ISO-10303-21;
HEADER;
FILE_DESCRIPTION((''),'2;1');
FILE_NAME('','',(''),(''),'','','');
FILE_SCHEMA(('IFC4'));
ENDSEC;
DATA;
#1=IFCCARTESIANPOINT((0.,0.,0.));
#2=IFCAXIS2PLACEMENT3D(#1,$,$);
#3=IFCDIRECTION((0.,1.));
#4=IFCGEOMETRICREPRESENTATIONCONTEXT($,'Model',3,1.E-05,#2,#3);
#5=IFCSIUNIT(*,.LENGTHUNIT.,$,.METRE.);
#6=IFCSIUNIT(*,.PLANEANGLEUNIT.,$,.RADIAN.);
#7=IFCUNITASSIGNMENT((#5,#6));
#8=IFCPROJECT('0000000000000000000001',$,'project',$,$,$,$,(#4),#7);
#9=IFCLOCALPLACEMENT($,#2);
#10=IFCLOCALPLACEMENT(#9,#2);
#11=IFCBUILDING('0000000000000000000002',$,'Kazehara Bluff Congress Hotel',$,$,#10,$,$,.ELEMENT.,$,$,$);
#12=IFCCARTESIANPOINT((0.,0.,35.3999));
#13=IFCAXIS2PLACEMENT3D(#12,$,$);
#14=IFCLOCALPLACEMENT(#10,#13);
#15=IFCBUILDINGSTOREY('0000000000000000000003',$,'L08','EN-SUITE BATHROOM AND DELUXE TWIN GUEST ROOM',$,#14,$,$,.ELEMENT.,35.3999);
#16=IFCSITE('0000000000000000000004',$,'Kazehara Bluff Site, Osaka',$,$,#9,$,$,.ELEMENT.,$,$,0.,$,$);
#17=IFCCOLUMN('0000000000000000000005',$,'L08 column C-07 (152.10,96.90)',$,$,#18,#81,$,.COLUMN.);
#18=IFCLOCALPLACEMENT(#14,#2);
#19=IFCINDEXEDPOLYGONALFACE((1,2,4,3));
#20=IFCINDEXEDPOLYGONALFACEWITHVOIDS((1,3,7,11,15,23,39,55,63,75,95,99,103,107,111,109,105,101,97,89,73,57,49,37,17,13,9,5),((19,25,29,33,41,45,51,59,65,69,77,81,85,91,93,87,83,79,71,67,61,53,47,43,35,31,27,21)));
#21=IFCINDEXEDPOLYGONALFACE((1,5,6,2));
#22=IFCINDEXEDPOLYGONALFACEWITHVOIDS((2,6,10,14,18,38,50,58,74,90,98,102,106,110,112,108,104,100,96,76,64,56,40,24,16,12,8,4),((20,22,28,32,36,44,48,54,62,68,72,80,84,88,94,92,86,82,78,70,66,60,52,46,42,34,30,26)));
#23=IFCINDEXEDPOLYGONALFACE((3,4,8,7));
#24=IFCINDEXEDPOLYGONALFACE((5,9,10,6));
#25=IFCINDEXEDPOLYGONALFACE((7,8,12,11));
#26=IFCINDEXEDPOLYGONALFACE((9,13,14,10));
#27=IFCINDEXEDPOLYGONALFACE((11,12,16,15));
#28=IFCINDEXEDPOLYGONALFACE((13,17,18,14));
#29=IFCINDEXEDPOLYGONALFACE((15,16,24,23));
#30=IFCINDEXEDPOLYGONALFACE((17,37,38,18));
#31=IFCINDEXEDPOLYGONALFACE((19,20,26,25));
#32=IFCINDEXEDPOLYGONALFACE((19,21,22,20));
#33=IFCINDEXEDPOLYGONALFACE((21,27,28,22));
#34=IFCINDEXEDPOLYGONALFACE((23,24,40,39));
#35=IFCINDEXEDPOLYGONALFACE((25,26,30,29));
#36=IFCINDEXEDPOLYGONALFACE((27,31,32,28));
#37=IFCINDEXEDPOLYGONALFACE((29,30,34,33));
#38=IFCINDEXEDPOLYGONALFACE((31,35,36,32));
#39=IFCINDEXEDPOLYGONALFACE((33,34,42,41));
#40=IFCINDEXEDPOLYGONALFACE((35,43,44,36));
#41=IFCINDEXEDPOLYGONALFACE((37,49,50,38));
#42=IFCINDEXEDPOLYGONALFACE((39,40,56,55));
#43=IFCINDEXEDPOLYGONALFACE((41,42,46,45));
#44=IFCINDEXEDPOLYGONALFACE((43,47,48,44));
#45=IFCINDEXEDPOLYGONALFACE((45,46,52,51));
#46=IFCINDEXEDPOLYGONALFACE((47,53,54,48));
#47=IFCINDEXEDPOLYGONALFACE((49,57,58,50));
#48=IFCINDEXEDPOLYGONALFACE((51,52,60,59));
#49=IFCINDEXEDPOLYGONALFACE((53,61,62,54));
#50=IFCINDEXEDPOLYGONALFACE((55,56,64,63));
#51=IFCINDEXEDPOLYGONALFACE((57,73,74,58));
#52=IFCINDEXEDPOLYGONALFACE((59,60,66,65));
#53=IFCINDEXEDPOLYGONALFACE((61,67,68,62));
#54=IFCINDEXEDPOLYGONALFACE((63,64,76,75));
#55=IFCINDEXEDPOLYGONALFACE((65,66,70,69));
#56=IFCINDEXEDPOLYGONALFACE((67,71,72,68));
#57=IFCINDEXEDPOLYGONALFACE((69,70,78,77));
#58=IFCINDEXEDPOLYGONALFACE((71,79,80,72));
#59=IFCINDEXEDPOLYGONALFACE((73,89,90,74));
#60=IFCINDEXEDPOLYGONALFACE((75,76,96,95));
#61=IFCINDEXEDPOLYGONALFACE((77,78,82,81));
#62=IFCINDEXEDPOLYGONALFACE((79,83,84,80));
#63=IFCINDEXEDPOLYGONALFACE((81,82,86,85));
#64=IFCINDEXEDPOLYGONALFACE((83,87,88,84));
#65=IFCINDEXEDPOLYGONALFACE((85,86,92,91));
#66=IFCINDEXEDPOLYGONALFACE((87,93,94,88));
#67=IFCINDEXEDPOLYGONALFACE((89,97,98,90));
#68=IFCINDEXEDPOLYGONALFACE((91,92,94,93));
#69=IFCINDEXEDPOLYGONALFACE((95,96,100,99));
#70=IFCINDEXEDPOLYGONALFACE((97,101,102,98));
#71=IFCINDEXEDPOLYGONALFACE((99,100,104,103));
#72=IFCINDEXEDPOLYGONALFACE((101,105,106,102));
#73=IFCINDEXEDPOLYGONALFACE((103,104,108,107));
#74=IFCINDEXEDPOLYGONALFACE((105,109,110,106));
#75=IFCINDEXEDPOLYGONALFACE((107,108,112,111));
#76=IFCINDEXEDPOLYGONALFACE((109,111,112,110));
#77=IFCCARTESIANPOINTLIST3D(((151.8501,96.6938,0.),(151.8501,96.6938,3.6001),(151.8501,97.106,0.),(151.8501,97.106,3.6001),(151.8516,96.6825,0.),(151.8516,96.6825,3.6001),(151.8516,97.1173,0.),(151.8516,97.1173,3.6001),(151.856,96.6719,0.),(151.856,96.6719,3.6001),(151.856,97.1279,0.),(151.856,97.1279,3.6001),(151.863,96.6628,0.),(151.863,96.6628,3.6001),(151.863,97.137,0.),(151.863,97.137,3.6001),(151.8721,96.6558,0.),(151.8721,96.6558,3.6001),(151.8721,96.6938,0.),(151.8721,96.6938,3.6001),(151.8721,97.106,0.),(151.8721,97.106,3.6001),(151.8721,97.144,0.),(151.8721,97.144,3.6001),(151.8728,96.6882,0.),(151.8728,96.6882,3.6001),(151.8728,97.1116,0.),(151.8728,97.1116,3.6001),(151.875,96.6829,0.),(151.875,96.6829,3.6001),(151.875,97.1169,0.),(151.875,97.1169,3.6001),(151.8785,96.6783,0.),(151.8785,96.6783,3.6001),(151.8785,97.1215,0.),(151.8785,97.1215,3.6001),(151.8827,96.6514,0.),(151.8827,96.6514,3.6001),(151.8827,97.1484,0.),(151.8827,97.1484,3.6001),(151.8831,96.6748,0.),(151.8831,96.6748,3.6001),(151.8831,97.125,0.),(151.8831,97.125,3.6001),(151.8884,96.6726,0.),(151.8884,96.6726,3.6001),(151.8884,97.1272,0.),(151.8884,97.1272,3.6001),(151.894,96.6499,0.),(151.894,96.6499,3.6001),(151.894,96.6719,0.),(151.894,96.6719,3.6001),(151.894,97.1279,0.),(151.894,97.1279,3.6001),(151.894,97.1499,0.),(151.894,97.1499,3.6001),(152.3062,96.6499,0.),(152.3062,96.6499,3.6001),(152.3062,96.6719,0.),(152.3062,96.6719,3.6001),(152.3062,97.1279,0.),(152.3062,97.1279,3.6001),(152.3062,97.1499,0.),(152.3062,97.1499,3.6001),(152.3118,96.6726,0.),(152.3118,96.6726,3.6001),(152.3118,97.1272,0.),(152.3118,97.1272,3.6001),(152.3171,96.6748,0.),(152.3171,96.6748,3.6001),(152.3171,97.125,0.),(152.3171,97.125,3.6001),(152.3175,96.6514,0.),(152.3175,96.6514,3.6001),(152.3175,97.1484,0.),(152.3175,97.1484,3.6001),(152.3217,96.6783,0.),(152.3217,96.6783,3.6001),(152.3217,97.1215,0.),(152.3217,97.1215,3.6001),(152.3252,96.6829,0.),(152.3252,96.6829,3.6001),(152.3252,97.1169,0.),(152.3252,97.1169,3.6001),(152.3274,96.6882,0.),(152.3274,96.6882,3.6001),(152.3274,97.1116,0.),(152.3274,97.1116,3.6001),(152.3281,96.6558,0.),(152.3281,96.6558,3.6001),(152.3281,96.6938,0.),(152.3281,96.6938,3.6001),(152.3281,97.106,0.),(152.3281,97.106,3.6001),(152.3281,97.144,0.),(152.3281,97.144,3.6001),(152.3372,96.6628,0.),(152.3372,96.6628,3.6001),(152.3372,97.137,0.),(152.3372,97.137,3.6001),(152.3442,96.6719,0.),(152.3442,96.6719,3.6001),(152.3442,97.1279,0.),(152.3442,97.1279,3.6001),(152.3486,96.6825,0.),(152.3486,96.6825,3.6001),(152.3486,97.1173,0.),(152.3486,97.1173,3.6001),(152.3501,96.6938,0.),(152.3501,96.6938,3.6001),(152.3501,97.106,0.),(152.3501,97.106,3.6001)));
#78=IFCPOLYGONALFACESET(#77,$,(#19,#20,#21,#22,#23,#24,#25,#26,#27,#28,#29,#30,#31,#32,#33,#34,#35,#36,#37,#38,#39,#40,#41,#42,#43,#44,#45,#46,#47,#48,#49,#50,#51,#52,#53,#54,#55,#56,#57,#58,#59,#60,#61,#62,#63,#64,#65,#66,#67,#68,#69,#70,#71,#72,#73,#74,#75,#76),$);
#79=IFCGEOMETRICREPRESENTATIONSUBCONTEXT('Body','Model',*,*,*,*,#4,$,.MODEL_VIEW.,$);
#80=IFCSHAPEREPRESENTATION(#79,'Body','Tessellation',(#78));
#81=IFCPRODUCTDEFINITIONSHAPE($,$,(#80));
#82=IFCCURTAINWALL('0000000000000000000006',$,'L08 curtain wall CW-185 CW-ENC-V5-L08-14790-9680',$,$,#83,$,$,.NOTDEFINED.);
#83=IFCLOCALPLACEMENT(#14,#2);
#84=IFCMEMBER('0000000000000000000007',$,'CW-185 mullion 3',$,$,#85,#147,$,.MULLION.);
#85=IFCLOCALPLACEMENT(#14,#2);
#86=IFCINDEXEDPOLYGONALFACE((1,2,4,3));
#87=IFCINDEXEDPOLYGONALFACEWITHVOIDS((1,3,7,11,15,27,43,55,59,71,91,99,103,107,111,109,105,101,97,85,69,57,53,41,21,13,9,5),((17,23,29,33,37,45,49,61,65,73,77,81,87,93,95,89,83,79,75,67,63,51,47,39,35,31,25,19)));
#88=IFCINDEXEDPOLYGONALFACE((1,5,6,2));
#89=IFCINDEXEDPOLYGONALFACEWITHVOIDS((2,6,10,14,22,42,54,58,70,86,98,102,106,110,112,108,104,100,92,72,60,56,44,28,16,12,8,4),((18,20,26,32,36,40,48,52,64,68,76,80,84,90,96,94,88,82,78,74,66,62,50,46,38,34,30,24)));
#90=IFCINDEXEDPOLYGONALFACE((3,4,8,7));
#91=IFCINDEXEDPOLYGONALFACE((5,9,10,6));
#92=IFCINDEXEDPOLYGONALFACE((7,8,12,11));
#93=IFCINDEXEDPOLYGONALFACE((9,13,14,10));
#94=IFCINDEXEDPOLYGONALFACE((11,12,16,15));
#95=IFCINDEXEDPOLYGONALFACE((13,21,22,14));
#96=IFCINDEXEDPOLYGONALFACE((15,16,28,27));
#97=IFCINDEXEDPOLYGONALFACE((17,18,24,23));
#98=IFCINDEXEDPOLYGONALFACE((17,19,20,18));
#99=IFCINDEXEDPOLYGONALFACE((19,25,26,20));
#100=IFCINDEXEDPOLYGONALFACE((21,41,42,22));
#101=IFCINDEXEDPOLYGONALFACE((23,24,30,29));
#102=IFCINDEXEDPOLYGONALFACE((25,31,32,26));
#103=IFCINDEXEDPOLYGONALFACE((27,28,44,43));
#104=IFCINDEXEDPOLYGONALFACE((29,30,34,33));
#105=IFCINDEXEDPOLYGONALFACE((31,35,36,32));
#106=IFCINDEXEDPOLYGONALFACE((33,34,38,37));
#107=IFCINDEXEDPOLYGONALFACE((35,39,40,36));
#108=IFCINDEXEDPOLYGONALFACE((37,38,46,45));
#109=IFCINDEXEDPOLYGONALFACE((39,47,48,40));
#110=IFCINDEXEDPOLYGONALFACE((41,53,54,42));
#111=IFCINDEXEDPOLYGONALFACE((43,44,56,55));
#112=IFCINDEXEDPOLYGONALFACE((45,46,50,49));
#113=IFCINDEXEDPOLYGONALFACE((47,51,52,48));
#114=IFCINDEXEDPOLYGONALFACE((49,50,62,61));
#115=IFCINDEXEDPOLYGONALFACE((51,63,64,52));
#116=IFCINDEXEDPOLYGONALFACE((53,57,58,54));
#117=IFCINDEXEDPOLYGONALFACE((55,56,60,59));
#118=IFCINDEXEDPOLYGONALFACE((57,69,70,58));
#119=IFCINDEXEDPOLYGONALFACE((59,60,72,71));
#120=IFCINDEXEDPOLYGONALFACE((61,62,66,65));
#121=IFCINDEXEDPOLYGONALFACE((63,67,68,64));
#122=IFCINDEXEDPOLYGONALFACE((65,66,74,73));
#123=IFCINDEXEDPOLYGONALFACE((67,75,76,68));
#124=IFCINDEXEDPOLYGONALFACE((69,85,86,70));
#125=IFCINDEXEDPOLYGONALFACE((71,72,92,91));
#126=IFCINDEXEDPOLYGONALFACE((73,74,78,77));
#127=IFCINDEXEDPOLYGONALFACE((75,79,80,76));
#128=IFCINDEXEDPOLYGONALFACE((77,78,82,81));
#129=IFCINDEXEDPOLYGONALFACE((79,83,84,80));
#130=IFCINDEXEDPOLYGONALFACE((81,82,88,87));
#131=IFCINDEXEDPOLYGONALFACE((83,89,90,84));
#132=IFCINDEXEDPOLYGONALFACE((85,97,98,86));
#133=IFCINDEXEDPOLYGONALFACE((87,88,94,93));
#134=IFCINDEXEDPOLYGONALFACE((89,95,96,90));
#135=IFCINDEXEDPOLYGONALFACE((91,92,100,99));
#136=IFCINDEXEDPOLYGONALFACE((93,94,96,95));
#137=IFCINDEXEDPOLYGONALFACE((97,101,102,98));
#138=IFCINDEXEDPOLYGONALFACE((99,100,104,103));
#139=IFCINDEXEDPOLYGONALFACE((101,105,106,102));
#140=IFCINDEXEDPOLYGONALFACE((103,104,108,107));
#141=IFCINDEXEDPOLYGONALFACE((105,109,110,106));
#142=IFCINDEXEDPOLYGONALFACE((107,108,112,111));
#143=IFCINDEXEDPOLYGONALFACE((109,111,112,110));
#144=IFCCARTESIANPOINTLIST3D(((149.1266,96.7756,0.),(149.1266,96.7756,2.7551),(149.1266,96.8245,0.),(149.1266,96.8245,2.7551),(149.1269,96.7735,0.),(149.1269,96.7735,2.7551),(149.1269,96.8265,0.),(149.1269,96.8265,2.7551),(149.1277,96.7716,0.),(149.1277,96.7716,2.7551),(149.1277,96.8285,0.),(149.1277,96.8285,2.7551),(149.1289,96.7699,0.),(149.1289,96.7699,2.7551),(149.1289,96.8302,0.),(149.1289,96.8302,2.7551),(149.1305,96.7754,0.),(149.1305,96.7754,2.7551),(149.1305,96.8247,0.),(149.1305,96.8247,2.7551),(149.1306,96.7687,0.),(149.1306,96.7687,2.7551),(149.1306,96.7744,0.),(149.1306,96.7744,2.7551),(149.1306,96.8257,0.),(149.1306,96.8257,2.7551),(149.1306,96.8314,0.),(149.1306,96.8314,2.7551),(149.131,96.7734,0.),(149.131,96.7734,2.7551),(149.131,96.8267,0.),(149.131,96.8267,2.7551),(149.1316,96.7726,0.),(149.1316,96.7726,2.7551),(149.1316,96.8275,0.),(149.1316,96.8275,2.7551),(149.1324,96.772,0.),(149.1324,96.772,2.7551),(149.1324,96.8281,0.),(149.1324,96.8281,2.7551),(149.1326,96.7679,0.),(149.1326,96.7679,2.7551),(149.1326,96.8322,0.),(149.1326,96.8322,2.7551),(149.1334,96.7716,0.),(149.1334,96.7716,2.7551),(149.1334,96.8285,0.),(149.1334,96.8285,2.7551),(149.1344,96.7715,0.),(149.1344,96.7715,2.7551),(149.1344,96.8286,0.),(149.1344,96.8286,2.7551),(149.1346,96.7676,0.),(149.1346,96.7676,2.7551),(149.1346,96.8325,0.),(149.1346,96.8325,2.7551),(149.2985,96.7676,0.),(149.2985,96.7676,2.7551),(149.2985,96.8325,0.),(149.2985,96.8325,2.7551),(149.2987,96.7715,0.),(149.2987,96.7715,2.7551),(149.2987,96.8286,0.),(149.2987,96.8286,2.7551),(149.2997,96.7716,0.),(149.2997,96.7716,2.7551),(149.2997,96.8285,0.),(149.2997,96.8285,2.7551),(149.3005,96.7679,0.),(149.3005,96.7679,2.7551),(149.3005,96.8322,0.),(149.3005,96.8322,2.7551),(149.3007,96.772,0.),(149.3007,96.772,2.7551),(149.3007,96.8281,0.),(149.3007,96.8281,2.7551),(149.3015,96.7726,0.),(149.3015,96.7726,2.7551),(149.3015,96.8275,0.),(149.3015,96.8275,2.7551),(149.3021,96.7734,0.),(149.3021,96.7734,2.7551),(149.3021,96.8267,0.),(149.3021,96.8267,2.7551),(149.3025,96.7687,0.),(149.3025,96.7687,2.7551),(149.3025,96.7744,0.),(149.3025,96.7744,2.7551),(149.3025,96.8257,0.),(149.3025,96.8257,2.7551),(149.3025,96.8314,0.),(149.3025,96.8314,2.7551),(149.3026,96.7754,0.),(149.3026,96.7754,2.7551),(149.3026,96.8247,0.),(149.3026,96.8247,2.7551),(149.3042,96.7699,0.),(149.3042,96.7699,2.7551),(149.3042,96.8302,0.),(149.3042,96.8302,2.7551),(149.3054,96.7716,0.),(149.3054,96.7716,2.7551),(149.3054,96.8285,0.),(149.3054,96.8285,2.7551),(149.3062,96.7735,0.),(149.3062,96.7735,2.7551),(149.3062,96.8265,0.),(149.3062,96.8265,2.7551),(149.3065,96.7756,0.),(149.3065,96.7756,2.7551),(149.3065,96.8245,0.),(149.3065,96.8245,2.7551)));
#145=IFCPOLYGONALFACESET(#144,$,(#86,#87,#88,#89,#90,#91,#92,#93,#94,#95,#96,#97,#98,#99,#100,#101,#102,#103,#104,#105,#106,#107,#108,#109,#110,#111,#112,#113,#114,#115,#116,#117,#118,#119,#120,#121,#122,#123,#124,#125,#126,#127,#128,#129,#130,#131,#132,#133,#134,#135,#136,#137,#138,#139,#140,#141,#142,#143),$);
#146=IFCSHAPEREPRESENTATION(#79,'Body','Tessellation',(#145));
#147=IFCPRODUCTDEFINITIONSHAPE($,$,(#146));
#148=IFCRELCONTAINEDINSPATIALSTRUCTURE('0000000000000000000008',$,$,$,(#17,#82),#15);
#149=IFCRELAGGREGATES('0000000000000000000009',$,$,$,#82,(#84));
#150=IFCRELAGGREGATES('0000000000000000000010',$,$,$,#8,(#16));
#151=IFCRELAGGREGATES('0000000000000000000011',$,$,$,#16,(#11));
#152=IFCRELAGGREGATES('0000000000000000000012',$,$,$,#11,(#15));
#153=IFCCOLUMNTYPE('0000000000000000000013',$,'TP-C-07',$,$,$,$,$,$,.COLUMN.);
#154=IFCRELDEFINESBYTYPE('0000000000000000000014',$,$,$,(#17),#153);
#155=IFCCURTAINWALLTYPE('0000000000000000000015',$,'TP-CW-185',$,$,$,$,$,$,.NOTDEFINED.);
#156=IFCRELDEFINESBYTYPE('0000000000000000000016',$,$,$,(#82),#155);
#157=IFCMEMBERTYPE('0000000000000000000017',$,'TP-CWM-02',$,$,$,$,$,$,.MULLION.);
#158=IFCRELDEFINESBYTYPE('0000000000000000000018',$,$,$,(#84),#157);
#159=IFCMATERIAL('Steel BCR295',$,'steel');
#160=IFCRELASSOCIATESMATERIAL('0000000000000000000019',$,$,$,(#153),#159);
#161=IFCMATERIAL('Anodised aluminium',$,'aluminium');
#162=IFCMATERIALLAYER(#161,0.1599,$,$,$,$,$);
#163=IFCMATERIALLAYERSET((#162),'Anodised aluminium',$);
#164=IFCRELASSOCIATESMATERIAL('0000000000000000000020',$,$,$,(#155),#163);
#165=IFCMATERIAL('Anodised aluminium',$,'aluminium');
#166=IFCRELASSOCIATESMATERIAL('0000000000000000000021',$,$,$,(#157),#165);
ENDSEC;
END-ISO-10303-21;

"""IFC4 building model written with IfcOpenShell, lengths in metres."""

from ifc_helpers import new_model, si_unit, direction, frame, origin, origin_2d, place, context, subcontext, project, spatial, hollow_rectangle, extrude, material, layer, layer_set, material_profile, profile_set, type_object, element, aggregate, save


model = new_model("IFC4")

# Units and contexts
model_context = context("Model", 3, precision=1e-05, world=origin(), true_north=direction((0.0, 1.0)))
body_context = subcontext(model_context, "Body", "Model", "MODEL_VIEW")
ifc_project = project(units=[si_unit("LENGTHUNIT", "METRE"), si_unit("PLANEANGLEUNIT", "RADIAN")], contexts=[model_context])

# Site, building, storey
site_placement = place(None, origin())
site = spatial("IfcSite", under=ifc_project, at=site_placement, Name="Kazehara Bluff Site, Osaka", CompositionType="ELEMENT", RefElevation=0.0)
building_placement = place(site_placement, origin())
building = spatial("IfcBuilding", under=site, at=building_placement, Name="Kazehara Bluff Congress Hotel", CompositionType="ELEMENT")
storey_placement = place(building_placement, frame((0.0, 0.0, 35.3999)))
storey = spatial("IfcBuildingStorey", under=building, at=storey_placement, Name="L08", Description="EN-SUITE BATHROOM AND DELUXE TWIN GUEST ROOM", CompositionType="ELEMENT", Elevation=35.3999)

# Column
ifc_material_1 = material(Name="Steel BCR295", Category="steel")
ifc_material_profile_1 = material_profile(ifc_material_1, hollow_rectangle(XDim=0.5, YDim=0.5, WallThickness=0.022, InnerFilletRadius=0.022, OuterFilletRadius=0.0439, at=origin_2d()))
ifc_profile_set_1 = profile_set([ifc_material_profile_1], Name="Steel BCR295")
column_type = type_object("IfcColumnType", Name="TP-C-07", PredefinedType="COLUMN", material=ifc_profile_set_1)
column_placement = place(storey_placement, frame((152.1001, 96.8999, 0.0), z_axis=(0.0, 0.0, 1.0), x_axis=(1.0, 0.0, 0.0)))
element("IfcColumn", 1, at=column_placement, inside=storey, type_object=column_type, Name="L08 column C-07 (152.10,96.90)", PredefinedType="COLUMN", context=body_context, shape_type="SweptSolid", body=[
    extrude(hollow_rectangle(XDim=0.5, YDim=0.5, WallThickness=0.022, InnerFilletRadius=0.022, OuterFilletRadius=0.0439, at=origin_2d()), origin(), (0.0, 0.0, 1.0), 3.6001),
])

# Curtain wall, member
ifc_material_2 = material(Name="Anodised aluminium", Category="aluminium")
ifc_layer_1 = layer(ifc_material_2, 0.1599)
ifc_layer_set_1 = layer_set([ifc_layer_1], Name="Anodised aluminium")
curtain_wall_type = type_object("IfcCurtainWallType", Name="TP-CW-185", PredefinedType="NOTDEFINED", material=ifc_layer_set_1)
curtain_wall_1_placement = place(storey_placement, origin())
curtain_wall_1 = element("IfcCurtainWall", 2, at=curtain_wall_1_placement, inside=storey, type_object=curtain_wall_type, Name="L08 curtain wall CW-185 CW-ENC-V5-L08-14790-9680", PredefinedType="NOTDEFINED")
ifc_material_3 = material(Name="Anodised aluminium", Category="aluminium")
ifc_material_profile_2 = material_profile(ifc_material_3, hollow_rectangle(XDim=0.0649, YDim=0.1799, WallThickness=0.0039, InnerFilletRadius=0.0039, OuterFilletRadius=0.0081, at=origin_2d()))
ifc_profile_set_2 = profile_set([ifc_material_profile_2], Name="Anodised aluminium")
member_type_1 = type_object("IfcMemberType", Name="TP-CWM-02", PredefinedType="MULLION", material=ifc_profile_set_2)
member_1_placement = place(storey_placement, frame((149.2166, 96.8, 0.0), z_axis=(0.0, 0.0, 1.0), x_axis=(0.0, 1.0, 0.0)))
member_1 = element("IfcMember", 3, at=member_1_placement, type_object=member_type_1, Name="CW-185 mullion 3", PredefinedType="MULLION", context=body_context, shape_type="SweptSolid", body=[
    extrude(hollow_rectangle(XDim=0.0649, YDim=0.1799, WallThickness=0.0039, InnerFilletRadius=0.0039, OuterFilletRadius=0.0081, at=origin_2d()), origin(), (0.0, 0.0, 1.0), 2.7551),
])

aggregate(curtain_wall_1, [member_1])

save(model, "model.ifc")
